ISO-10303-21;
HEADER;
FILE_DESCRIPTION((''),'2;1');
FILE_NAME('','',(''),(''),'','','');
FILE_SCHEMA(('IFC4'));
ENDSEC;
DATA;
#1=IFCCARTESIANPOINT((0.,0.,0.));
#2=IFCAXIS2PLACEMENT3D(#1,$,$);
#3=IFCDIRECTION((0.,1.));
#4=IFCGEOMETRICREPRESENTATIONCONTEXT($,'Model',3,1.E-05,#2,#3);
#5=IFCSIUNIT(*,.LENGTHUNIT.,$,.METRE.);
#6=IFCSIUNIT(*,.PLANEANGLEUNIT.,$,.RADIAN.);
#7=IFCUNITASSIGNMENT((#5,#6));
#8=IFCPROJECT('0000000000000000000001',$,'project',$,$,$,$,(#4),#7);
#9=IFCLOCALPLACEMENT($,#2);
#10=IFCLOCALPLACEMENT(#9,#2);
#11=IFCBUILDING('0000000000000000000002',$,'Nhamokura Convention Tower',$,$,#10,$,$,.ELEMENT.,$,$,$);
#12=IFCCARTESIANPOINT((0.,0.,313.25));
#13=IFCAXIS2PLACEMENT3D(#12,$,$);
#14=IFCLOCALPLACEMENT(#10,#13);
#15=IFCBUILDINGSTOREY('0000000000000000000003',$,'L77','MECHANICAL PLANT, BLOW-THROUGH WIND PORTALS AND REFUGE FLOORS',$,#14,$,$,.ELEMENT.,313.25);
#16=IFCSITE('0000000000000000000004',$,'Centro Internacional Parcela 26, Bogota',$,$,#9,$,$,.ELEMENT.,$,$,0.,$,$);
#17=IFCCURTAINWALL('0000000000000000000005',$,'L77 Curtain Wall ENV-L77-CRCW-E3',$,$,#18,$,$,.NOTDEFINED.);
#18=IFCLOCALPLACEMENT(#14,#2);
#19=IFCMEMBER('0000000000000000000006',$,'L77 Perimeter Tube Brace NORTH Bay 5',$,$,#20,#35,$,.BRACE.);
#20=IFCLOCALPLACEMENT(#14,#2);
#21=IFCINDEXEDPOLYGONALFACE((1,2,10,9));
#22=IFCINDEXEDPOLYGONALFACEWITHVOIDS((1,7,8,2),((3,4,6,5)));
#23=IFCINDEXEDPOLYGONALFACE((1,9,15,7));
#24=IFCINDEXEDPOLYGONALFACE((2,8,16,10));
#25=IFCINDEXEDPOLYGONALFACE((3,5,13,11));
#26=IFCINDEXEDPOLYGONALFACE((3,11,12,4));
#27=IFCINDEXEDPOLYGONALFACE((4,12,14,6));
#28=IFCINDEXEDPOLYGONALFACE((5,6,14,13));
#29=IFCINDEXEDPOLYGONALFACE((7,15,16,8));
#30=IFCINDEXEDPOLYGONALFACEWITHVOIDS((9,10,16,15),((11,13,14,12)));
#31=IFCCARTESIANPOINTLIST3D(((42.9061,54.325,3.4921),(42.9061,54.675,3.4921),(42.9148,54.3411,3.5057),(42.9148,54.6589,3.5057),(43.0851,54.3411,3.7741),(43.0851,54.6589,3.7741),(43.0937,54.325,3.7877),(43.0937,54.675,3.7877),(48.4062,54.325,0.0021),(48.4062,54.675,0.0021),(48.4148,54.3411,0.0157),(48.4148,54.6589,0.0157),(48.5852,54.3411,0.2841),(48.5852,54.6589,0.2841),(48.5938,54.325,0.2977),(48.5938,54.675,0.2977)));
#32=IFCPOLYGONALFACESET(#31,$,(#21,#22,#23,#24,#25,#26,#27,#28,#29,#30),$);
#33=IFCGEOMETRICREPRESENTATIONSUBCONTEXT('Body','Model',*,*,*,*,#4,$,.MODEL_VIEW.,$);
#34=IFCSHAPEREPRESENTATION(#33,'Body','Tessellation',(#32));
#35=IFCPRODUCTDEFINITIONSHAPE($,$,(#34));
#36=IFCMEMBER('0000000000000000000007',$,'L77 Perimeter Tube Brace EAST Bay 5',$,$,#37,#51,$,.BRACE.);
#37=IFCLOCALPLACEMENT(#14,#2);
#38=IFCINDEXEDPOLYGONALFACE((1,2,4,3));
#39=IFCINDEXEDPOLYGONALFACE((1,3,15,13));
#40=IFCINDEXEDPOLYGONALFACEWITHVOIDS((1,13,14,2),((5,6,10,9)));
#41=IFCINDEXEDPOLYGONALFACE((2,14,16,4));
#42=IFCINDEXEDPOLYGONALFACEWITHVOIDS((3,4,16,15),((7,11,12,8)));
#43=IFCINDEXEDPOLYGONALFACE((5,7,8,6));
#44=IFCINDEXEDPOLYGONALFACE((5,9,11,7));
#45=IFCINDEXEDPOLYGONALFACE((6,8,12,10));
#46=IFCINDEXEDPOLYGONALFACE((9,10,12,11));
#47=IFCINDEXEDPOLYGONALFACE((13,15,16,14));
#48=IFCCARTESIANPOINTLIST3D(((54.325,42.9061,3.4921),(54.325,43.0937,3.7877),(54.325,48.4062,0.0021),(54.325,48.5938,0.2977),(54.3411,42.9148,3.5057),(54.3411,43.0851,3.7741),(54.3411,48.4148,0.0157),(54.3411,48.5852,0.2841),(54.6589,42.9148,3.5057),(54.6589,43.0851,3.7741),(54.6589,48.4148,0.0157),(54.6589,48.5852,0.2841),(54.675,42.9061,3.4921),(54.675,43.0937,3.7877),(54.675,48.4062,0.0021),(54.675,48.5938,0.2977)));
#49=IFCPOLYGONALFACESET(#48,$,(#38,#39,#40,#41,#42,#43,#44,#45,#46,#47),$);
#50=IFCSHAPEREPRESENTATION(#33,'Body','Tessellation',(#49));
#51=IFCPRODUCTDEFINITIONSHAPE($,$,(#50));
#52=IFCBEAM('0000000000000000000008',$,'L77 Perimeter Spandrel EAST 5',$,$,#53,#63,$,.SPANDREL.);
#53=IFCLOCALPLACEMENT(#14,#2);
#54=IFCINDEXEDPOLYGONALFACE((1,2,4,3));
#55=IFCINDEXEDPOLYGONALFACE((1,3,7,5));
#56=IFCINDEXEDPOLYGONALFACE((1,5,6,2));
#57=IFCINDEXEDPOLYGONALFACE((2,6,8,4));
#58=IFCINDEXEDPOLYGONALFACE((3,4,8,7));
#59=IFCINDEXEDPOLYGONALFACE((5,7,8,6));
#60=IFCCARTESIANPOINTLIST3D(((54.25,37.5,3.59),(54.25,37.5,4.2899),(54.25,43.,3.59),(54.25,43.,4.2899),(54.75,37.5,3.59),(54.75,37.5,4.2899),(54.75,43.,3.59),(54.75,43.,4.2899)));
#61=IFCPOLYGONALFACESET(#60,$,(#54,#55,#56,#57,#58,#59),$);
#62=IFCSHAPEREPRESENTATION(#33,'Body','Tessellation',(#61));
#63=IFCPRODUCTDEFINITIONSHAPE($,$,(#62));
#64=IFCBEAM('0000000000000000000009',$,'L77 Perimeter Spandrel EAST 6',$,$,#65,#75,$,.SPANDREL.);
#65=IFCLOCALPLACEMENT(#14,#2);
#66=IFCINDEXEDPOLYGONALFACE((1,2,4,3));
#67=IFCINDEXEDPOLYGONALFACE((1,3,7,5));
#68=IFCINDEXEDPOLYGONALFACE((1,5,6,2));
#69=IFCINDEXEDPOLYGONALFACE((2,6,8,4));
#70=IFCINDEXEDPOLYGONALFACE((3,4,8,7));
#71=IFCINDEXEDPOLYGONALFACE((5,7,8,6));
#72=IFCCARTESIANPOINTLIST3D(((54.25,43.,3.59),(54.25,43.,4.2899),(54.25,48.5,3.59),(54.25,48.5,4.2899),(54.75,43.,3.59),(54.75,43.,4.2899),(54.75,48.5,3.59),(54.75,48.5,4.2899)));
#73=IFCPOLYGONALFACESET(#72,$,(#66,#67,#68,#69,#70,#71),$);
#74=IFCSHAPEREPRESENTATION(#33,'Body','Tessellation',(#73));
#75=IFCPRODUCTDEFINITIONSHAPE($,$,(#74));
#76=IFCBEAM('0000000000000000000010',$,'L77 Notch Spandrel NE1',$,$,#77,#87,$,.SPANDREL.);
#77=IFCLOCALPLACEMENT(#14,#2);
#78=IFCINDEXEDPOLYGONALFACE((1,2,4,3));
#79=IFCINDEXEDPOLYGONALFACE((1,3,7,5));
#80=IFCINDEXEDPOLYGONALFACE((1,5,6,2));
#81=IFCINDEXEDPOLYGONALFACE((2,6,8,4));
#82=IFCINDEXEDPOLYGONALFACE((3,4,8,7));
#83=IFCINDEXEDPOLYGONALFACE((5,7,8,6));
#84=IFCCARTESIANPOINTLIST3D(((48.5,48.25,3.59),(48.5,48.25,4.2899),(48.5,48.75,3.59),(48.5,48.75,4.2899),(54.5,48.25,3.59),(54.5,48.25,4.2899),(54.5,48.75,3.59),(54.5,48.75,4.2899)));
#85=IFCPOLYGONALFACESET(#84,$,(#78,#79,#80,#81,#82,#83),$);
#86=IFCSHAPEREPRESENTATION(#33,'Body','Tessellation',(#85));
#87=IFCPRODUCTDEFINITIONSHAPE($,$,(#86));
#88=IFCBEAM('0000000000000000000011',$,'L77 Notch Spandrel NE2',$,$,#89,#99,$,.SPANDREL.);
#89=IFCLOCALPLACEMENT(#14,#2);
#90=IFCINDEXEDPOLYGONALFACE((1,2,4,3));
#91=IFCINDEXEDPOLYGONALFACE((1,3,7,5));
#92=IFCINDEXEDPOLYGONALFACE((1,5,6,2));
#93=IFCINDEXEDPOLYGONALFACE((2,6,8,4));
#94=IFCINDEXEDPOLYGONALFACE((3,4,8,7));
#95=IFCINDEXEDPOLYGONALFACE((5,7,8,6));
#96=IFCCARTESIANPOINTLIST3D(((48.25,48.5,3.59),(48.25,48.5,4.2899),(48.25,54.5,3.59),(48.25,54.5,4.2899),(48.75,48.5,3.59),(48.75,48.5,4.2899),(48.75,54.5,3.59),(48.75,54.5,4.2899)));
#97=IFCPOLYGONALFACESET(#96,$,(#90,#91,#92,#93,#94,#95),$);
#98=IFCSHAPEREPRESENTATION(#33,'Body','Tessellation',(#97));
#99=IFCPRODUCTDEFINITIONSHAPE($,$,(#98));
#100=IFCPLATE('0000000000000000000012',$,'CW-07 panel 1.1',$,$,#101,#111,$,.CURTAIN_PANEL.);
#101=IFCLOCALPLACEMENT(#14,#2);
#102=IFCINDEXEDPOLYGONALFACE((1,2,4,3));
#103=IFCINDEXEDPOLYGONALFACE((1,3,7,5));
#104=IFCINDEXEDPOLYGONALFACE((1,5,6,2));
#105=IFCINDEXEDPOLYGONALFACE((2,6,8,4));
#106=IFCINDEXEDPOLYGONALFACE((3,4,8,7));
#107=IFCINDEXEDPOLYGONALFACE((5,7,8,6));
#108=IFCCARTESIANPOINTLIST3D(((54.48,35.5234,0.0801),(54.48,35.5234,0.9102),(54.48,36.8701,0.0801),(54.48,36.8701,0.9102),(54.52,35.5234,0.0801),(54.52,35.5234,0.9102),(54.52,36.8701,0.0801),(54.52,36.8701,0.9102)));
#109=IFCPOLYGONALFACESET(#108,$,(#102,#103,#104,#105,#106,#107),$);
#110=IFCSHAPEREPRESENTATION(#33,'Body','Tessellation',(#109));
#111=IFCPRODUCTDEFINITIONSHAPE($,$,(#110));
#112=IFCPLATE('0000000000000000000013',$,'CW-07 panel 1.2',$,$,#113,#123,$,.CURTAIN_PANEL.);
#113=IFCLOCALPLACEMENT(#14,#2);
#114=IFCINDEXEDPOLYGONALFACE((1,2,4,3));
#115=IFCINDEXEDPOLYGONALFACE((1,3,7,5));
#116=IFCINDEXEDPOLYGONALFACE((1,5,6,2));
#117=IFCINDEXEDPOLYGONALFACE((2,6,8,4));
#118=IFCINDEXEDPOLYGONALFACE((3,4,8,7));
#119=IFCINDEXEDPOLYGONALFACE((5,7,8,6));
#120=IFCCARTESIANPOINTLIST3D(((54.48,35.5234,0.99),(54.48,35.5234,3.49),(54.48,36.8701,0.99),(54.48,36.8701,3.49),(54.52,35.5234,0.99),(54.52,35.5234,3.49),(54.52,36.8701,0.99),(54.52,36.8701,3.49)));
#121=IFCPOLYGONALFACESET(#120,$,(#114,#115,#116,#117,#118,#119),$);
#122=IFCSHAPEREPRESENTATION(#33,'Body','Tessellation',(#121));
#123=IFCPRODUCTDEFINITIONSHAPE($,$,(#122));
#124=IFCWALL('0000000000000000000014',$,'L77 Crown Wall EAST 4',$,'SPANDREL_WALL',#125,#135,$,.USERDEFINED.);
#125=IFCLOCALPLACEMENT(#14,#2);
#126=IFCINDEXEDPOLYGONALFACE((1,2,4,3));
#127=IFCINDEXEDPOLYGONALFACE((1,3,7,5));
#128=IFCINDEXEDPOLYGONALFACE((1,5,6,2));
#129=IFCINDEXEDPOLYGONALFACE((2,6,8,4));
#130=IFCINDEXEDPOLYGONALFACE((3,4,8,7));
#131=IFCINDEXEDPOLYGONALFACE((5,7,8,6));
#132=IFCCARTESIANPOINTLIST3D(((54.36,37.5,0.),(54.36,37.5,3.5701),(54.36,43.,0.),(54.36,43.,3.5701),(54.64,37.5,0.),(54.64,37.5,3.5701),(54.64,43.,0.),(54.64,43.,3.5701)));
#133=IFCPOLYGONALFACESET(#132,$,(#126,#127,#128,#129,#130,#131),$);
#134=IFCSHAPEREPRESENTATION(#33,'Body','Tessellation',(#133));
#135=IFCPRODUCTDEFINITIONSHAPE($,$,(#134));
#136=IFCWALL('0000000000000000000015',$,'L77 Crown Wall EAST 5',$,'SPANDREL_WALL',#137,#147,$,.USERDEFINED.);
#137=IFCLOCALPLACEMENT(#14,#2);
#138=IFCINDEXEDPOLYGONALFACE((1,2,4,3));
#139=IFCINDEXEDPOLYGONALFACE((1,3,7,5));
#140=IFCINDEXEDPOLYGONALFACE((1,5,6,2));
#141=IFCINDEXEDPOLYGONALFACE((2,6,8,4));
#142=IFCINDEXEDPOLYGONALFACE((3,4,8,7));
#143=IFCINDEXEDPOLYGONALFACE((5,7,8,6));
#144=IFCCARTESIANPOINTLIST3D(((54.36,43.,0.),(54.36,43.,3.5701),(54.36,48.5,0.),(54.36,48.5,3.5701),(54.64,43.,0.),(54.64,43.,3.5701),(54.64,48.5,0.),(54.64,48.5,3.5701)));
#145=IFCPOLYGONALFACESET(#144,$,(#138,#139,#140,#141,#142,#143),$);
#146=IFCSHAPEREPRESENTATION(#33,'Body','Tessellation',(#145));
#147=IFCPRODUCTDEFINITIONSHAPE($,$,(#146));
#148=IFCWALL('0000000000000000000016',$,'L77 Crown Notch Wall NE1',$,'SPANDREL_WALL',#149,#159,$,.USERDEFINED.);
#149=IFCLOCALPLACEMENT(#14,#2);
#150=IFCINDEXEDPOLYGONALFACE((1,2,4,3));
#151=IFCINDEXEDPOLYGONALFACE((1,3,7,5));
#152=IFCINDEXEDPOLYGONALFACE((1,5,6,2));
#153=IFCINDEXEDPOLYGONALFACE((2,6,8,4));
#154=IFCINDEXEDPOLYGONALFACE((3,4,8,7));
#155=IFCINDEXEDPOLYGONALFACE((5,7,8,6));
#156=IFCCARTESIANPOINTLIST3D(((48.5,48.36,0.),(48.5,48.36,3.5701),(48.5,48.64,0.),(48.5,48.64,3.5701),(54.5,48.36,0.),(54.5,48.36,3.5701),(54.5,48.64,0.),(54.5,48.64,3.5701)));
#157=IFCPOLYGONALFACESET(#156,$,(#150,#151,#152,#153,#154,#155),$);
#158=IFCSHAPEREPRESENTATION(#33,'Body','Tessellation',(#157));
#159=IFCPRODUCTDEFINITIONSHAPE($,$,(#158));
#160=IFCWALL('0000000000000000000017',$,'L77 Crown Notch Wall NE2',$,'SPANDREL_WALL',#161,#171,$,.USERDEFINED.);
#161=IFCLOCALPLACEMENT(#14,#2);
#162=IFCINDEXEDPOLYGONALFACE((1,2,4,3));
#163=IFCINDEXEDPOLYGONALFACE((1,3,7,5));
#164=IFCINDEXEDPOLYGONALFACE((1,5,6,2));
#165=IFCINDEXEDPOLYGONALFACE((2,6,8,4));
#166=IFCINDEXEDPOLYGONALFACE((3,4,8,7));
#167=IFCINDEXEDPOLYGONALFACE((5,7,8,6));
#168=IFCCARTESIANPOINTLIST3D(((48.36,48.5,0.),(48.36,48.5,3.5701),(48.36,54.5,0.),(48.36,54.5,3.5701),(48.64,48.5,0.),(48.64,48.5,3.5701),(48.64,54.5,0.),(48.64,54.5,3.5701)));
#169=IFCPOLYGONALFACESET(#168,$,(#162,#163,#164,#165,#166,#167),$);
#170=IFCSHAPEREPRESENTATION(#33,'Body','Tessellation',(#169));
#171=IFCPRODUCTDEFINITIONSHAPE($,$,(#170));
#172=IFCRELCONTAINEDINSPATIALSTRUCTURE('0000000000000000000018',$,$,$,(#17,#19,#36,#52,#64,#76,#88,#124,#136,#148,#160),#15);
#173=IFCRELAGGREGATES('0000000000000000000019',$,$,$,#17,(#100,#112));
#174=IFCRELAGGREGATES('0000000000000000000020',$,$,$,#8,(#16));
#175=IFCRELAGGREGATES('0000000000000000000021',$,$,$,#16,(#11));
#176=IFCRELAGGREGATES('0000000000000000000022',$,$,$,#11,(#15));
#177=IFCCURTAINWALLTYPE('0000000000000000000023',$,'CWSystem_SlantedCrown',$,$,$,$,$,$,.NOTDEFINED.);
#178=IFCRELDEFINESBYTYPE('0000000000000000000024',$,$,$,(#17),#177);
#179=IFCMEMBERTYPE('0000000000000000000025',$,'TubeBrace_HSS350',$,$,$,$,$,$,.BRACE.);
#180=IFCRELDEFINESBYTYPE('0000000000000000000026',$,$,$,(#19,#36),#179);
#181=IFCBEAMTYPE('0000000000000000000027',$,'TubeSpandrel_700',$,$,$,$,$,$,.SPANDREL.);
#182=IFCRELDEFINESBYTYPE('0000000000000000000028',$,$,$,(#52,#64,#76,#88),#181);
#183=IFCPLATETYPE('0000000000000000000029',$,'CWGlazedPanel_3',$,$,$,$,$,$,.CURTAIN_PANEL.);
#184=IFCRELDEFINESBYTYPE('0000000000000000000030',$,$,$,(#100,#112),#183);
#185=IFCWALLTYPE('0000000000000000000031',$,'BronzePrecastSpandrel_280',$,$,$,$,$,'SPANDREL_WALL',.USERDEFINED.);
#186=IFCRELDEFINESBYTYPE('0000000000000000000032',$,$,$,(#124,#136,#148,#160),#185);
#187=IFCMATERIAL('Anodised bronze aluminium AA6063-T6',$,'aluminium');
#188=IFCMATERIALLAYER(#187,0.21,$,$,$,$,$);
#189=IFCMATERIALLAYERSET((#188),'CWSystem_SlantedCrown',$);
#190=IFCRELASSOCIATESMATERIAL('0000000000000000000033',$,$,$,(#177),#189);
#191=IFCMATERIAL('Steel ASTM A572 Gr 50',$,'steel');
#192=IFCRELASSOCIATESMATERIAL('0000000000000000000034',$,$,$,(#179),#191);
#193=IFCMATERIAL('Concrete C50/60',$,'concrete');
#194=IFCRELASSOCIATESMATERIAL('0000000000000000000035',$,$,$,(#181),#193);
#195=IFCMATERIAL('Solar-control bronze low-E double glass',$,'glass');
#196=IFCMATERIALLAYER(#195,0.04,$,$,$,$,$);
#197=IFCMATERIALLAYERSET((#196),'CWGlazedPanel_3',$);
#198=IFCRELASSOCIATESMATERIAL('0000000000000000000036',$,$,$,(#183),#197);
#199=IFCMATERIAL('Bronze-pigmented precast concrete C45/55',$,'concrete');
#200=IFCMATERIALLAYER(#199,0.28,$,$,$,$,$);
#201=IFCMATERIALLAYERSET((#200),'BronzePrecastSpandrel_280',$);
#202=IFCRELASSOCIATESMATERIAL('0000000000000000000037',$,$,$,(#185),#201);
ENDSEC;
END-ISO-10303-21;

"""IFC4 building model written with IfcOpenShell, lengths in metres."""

from ifc_helpers import new_model, si_unit, direction, frame, frame_2d, origin, origin_2d, place, context, subcontext, project, spatial, rectangle, hollow_rectangle, extrude, material, layer, layer_set, material_profile, profile_set, type_object, element, aggregate, save


model = new_model("IFC4")

# Units and contexts
model_context = context("Model", 3, precision=1e-05, world=origin(), true_north=direction((0.0, 1.0)))
body_context = subcontext(model_context, "Body", "Model", "MODEL_VIEW")
ifc_project = project(units=[si_unit("LENGTHUNIT", "METRE"), si_unit("PLANEANGLEUNIT", "RADIAN")], contexts=[model_context])

# Site, building, storey
site_placement = place(None, origin())
site = spatial("IfcSite", under=ifc_project, at=site_placement, Name="Centro Internacional Parcela 26, Bogota", CompositionType="ELEMENT", RefElevation=0.0)
building_placement = place(site_placement, origin())
building = spatial("IfcBuilding", under=site, at=building_placement, Name="Nhamokura Convention Tower", CompositionType="ELEMENT")
storey_placement = place(building_placement, frame((0.0, 0.0, 313.25)))
storey = spatial("IfcBuildingStorey", under=building, at=storey_placement, Name="L77", Description="MECHANICAL PLANT, BLOW-THROUGH WIND PORTALS AND REFUGE FLOORS", CompositionType="ELEMENT", Elevation=313.25)

# Curtain wall
ifc_material_1 = material(Name="Anodised bronze aluminium AA6063-T6", Category="aluminium")
ifc_layer_1 = layer(ifc_material_1, 0.21)
ifc_layer_set_1 = layer_set([ifc_layer_1], Name="CWSystem_SlantedCrown")
curtain_wall_type = type_object("IfcCurtainWallType", Name="CWSystem_SlantedCrown", PredefinedType="NOTDEFINED", material=ifc_layer_set_1)
curtain_wall_placement = place(storey_placement, origin())
curtain_wall = element("IfcCurtainWall", 1, at=curtain_wall_placement, inside=storey, type_object=curtain_wall_type, Name="L77 Curtain Wall ENV-L77-CRCW-E3", PredefinedType="NOTDEFINED")

# Members
ifc_material_2 = material(Name="Steel ASTM A572 Gr 50", Category="steel")
ifc_material_profile_1 = material_profile(ifc_material_2, hollow_rectangle(XDim=0.3501, YDim=0.3501, WallThickness=0.0161, at=origin_2d()))
ifc_profile_set_1 = profile_set([ifc_material_profile_1], Name="Steel ASTM A572 Gr 50")
member_type_1 = type_object("IfcMemberType", Name="TubeBrace_HSS350", PredefinedType="BRACE", material=ifc_profile_set_1)
for number, where, z_axis, x_axis, name in (
    (2, (48.5, 54.5, 0.1499), (-0.844357, 0.0, 0.535781), (0.0, -1.0, 0.0), "L77 Perimeter Tube Brace NORTH Bay 5"),
    (3, (54.5, 48.5, 0.1499), (0.0, -0.844357, 0.535781), (1.0, 0.0, 0.0), "L77 Perimeter Tube Brace EAST Bay 5"),
):
    element("IfcMember", number, at=place(storey_placement, frame(where, z_axis=z_axis, x_axis=x_axis)), inside=storey, type_object=member_type_1, Name=name, PredefinedType="BRACE", context=body_context, shape_type="SweptSolid", body=[
        extrude(hollow_rectangle(XDim=0.3501, YDim=0.3501, WallThickness=0.0161, at=origin_2d()), origin(), (0.0, 0.0, 1.0), 6.5139),
    ])

# Beams
ifc_material_3 = material(Name="Concrete C50/60", Category="concrete")
ifc_material_profile_2 = material_profile(ifc_material_3, rectangle(XDim=0.5, YDim=0.7, at=origin_2d()))
ifc_profile_set_2 = profile_set([ifc_material_profile_2], Name="Concrete C50/60")
beam_type_1 = type_object("IfcBeamType", Name="TubeSpandrel_700", PredefinedType="SPANDREL", material=ifc_profile_set_2)
for number, where, z_axis, x_axis, name in (
    (4, (54.5, 37.5, 3.9399), (0.0, 1.0, 0.0), (-1.0, 0.0, 0.0), "L77 Perimeter Spandrel EAST 5"),
    (5, (54.5, 43.0, 3.9399), (0.0, 1.0, 0.0), (-1.0, 0.0, 0.0), "L77 Perimeter Spandrel EAST 6"),
):
    element("IfcBeam", number, at=place(storey_placement, frame(where, z_axis=z_axis, x_axis=x_axis)), inside=storey, type_object=beam_type_1, Name=name, PredefinedType="SPANDREL", context=body_context, shape_type="SweptSolid", body=[
        extrude(rectangle(XDim=0.5, YDim=0.7, at=origin_2d()), origin(), (0.0, 0.0, 1.0), 5.5),
    ])
for number, where, z_axis, x_axis, name in (
    (6, (54.5, 48.5, 3.9399), (-1.0, 0.0, 0.0), (0.0, -1.0, 0.0), "L77 Notch Spandrel NE1"),
    (7, (48.5, 48.5, 3.9399), (0.0, 1.0, 0.0), (-1.0, 0.0, 0.0), "L77 Notch Spandrel NE2"),
):
    element("IfcBeam", number, at=place(storey_placement, frame(where, z_axis=z_axis, x_axis=x_axis)), inside=storey, type_object=beam_type_1, Name=name, PredefinedType="SPANDREL", context=body_context, shape_type="SweptSolid", body=[
        extrude(rectangle(XDim=0.5, YDim=0.7, at=origin_2d()), origin(), (0.0, 0.0, 1.0), 6.0),
    ])

# Plates
ifc_material_4 = material(Name="Solar-control bronze low-E double glass", Category="glass")
ifc_layer_2 = layer(ifc_material_4, 0.04)
ifc_layer_set_2 = layer_set([ifc_layer_2], Name="CWGlazedPanel_3")
plate_type = type_object("IfcPlateType", Name="CWGlazedPanel_3", PredefinedType="CURTAIN_PANEL", material=ifc_layer_set_2)
plate_1_placement = place(storey_placement, frame((54.5, 36.1968, 0.0801), z_axis=(0.0, 0.0, 1.0), x_axis=(0.0, -1.0, 0.0)))
plate_1 = element("IfcPlate", 8, at=plate_1_placement, type_object=plate_type, Name="CW-07 panel 1.1", PredefinedType="CURTAIN_PANEL", context=body_context, shape_type="SweptSolid", body=[
    extrude(rectangle(XDim=1.3467, YDim=0.04, at=origin_2d()), origin(), (0.0, 0.0, 1.0), 0.8301),
])
plate_2_placement = place(storey_placement, frame((54.5, 36.1968, 0.99), z_axis=(0.0, 0.0, 1.0), x_axis=(0.0, -1.0, 0.0)))
plate_2 = element("IfcPlate", 9, at=plate_2_placement, type_object=plate_type, Name="CW-07 panel 1.2", PredefinedType="CURTAIN_PANEL", context=body_context, shape_type="SweptSolid", body=[
    extrude(rectangle(XDim=1.3467, YDim=0.04, at=origin_2d()), origin(), (0.0, 0.0, 1.0), 2.5),
])
aggregate(curtain_wall, [plate_1, plate_2])

# Walls
ifc_material_5 = material(Name="Bronze-pigmented precast concrete C45/55", Category="concrete")
ifc_layer_3 = layer(ifc_material_5, 0.28)
ifc_layer_set_3 = layer_set([ifc_layer_3], Name="BronzePrecastSpandrel_280")
wall_type = type_object("IfcWallType", Name="BronzePrecastSpandrel_280", ElementType="SPANDREL_WALL", PredefinedType="USERDEFINED", material=ifc_layer_set_3)
for number, where, z_axis, x_axis, name in (
    (10, (54.5, 43.0, 0.0), (0.0, 0.0, 1.0), (0.0, -1.0, 0.0), "L77 Crown Wall EAST 4"),
    (11, (54.5, 48.5, 0.0), (0.0, 0.0, 1.0), (0.0, -1.0, 0.0), "L77 Crown Wall EAST 5"),
):
    element("IfcWall", number, at=place(storey_placement, frame(where, z_axis=z_axis, x_axis=x_axis)), inside=storey, type_object=wall_type, Name=name, ObjectType="SPANDREL_WALL", PredefinedType="USERDEFINED", context=body_context, shape_type="SweptSolid", body=[
        extrude(rectangle(XDim=5.5, YDim=0.28, at=frame_2d((2.75, 0.0))), origin(), (0.0, 0.0, 1.0), 3.5701),
    ])
for number, where, z_axis, x_axis, name in (
    (12, (48.5, 48.5, 0.0), (0.0, 0.0, 1.0), (1.0, 0.0, 0.0), "L77 Crown Notch Wall NE1"),
    (13, (48.5, 54.5, 0.0), (0.0, 0.0, 1.0), (0.0, -1.0, 0.0), "L77 Crown Notch Wall NE2"),
):
    element("IfcWall", number, at=place(storey_placement, frame(where, z_axis=z_axis, x_axis=x_axis)), inside=storey, type_object=wall_type, Name=name, ObjectType="SPANDREL_WALL", PredefinedType="USERDEFINED", context=body_context, shape_type="SweptSolid", body=[
        extrude(rectangle(XDim=6.0, YDim=0.28, at=frame_2d((3.0, 0.0))), origin(), (0.0, 0.0, 1.0), 3.5701),
    ])

save(model, "model.ifc")
